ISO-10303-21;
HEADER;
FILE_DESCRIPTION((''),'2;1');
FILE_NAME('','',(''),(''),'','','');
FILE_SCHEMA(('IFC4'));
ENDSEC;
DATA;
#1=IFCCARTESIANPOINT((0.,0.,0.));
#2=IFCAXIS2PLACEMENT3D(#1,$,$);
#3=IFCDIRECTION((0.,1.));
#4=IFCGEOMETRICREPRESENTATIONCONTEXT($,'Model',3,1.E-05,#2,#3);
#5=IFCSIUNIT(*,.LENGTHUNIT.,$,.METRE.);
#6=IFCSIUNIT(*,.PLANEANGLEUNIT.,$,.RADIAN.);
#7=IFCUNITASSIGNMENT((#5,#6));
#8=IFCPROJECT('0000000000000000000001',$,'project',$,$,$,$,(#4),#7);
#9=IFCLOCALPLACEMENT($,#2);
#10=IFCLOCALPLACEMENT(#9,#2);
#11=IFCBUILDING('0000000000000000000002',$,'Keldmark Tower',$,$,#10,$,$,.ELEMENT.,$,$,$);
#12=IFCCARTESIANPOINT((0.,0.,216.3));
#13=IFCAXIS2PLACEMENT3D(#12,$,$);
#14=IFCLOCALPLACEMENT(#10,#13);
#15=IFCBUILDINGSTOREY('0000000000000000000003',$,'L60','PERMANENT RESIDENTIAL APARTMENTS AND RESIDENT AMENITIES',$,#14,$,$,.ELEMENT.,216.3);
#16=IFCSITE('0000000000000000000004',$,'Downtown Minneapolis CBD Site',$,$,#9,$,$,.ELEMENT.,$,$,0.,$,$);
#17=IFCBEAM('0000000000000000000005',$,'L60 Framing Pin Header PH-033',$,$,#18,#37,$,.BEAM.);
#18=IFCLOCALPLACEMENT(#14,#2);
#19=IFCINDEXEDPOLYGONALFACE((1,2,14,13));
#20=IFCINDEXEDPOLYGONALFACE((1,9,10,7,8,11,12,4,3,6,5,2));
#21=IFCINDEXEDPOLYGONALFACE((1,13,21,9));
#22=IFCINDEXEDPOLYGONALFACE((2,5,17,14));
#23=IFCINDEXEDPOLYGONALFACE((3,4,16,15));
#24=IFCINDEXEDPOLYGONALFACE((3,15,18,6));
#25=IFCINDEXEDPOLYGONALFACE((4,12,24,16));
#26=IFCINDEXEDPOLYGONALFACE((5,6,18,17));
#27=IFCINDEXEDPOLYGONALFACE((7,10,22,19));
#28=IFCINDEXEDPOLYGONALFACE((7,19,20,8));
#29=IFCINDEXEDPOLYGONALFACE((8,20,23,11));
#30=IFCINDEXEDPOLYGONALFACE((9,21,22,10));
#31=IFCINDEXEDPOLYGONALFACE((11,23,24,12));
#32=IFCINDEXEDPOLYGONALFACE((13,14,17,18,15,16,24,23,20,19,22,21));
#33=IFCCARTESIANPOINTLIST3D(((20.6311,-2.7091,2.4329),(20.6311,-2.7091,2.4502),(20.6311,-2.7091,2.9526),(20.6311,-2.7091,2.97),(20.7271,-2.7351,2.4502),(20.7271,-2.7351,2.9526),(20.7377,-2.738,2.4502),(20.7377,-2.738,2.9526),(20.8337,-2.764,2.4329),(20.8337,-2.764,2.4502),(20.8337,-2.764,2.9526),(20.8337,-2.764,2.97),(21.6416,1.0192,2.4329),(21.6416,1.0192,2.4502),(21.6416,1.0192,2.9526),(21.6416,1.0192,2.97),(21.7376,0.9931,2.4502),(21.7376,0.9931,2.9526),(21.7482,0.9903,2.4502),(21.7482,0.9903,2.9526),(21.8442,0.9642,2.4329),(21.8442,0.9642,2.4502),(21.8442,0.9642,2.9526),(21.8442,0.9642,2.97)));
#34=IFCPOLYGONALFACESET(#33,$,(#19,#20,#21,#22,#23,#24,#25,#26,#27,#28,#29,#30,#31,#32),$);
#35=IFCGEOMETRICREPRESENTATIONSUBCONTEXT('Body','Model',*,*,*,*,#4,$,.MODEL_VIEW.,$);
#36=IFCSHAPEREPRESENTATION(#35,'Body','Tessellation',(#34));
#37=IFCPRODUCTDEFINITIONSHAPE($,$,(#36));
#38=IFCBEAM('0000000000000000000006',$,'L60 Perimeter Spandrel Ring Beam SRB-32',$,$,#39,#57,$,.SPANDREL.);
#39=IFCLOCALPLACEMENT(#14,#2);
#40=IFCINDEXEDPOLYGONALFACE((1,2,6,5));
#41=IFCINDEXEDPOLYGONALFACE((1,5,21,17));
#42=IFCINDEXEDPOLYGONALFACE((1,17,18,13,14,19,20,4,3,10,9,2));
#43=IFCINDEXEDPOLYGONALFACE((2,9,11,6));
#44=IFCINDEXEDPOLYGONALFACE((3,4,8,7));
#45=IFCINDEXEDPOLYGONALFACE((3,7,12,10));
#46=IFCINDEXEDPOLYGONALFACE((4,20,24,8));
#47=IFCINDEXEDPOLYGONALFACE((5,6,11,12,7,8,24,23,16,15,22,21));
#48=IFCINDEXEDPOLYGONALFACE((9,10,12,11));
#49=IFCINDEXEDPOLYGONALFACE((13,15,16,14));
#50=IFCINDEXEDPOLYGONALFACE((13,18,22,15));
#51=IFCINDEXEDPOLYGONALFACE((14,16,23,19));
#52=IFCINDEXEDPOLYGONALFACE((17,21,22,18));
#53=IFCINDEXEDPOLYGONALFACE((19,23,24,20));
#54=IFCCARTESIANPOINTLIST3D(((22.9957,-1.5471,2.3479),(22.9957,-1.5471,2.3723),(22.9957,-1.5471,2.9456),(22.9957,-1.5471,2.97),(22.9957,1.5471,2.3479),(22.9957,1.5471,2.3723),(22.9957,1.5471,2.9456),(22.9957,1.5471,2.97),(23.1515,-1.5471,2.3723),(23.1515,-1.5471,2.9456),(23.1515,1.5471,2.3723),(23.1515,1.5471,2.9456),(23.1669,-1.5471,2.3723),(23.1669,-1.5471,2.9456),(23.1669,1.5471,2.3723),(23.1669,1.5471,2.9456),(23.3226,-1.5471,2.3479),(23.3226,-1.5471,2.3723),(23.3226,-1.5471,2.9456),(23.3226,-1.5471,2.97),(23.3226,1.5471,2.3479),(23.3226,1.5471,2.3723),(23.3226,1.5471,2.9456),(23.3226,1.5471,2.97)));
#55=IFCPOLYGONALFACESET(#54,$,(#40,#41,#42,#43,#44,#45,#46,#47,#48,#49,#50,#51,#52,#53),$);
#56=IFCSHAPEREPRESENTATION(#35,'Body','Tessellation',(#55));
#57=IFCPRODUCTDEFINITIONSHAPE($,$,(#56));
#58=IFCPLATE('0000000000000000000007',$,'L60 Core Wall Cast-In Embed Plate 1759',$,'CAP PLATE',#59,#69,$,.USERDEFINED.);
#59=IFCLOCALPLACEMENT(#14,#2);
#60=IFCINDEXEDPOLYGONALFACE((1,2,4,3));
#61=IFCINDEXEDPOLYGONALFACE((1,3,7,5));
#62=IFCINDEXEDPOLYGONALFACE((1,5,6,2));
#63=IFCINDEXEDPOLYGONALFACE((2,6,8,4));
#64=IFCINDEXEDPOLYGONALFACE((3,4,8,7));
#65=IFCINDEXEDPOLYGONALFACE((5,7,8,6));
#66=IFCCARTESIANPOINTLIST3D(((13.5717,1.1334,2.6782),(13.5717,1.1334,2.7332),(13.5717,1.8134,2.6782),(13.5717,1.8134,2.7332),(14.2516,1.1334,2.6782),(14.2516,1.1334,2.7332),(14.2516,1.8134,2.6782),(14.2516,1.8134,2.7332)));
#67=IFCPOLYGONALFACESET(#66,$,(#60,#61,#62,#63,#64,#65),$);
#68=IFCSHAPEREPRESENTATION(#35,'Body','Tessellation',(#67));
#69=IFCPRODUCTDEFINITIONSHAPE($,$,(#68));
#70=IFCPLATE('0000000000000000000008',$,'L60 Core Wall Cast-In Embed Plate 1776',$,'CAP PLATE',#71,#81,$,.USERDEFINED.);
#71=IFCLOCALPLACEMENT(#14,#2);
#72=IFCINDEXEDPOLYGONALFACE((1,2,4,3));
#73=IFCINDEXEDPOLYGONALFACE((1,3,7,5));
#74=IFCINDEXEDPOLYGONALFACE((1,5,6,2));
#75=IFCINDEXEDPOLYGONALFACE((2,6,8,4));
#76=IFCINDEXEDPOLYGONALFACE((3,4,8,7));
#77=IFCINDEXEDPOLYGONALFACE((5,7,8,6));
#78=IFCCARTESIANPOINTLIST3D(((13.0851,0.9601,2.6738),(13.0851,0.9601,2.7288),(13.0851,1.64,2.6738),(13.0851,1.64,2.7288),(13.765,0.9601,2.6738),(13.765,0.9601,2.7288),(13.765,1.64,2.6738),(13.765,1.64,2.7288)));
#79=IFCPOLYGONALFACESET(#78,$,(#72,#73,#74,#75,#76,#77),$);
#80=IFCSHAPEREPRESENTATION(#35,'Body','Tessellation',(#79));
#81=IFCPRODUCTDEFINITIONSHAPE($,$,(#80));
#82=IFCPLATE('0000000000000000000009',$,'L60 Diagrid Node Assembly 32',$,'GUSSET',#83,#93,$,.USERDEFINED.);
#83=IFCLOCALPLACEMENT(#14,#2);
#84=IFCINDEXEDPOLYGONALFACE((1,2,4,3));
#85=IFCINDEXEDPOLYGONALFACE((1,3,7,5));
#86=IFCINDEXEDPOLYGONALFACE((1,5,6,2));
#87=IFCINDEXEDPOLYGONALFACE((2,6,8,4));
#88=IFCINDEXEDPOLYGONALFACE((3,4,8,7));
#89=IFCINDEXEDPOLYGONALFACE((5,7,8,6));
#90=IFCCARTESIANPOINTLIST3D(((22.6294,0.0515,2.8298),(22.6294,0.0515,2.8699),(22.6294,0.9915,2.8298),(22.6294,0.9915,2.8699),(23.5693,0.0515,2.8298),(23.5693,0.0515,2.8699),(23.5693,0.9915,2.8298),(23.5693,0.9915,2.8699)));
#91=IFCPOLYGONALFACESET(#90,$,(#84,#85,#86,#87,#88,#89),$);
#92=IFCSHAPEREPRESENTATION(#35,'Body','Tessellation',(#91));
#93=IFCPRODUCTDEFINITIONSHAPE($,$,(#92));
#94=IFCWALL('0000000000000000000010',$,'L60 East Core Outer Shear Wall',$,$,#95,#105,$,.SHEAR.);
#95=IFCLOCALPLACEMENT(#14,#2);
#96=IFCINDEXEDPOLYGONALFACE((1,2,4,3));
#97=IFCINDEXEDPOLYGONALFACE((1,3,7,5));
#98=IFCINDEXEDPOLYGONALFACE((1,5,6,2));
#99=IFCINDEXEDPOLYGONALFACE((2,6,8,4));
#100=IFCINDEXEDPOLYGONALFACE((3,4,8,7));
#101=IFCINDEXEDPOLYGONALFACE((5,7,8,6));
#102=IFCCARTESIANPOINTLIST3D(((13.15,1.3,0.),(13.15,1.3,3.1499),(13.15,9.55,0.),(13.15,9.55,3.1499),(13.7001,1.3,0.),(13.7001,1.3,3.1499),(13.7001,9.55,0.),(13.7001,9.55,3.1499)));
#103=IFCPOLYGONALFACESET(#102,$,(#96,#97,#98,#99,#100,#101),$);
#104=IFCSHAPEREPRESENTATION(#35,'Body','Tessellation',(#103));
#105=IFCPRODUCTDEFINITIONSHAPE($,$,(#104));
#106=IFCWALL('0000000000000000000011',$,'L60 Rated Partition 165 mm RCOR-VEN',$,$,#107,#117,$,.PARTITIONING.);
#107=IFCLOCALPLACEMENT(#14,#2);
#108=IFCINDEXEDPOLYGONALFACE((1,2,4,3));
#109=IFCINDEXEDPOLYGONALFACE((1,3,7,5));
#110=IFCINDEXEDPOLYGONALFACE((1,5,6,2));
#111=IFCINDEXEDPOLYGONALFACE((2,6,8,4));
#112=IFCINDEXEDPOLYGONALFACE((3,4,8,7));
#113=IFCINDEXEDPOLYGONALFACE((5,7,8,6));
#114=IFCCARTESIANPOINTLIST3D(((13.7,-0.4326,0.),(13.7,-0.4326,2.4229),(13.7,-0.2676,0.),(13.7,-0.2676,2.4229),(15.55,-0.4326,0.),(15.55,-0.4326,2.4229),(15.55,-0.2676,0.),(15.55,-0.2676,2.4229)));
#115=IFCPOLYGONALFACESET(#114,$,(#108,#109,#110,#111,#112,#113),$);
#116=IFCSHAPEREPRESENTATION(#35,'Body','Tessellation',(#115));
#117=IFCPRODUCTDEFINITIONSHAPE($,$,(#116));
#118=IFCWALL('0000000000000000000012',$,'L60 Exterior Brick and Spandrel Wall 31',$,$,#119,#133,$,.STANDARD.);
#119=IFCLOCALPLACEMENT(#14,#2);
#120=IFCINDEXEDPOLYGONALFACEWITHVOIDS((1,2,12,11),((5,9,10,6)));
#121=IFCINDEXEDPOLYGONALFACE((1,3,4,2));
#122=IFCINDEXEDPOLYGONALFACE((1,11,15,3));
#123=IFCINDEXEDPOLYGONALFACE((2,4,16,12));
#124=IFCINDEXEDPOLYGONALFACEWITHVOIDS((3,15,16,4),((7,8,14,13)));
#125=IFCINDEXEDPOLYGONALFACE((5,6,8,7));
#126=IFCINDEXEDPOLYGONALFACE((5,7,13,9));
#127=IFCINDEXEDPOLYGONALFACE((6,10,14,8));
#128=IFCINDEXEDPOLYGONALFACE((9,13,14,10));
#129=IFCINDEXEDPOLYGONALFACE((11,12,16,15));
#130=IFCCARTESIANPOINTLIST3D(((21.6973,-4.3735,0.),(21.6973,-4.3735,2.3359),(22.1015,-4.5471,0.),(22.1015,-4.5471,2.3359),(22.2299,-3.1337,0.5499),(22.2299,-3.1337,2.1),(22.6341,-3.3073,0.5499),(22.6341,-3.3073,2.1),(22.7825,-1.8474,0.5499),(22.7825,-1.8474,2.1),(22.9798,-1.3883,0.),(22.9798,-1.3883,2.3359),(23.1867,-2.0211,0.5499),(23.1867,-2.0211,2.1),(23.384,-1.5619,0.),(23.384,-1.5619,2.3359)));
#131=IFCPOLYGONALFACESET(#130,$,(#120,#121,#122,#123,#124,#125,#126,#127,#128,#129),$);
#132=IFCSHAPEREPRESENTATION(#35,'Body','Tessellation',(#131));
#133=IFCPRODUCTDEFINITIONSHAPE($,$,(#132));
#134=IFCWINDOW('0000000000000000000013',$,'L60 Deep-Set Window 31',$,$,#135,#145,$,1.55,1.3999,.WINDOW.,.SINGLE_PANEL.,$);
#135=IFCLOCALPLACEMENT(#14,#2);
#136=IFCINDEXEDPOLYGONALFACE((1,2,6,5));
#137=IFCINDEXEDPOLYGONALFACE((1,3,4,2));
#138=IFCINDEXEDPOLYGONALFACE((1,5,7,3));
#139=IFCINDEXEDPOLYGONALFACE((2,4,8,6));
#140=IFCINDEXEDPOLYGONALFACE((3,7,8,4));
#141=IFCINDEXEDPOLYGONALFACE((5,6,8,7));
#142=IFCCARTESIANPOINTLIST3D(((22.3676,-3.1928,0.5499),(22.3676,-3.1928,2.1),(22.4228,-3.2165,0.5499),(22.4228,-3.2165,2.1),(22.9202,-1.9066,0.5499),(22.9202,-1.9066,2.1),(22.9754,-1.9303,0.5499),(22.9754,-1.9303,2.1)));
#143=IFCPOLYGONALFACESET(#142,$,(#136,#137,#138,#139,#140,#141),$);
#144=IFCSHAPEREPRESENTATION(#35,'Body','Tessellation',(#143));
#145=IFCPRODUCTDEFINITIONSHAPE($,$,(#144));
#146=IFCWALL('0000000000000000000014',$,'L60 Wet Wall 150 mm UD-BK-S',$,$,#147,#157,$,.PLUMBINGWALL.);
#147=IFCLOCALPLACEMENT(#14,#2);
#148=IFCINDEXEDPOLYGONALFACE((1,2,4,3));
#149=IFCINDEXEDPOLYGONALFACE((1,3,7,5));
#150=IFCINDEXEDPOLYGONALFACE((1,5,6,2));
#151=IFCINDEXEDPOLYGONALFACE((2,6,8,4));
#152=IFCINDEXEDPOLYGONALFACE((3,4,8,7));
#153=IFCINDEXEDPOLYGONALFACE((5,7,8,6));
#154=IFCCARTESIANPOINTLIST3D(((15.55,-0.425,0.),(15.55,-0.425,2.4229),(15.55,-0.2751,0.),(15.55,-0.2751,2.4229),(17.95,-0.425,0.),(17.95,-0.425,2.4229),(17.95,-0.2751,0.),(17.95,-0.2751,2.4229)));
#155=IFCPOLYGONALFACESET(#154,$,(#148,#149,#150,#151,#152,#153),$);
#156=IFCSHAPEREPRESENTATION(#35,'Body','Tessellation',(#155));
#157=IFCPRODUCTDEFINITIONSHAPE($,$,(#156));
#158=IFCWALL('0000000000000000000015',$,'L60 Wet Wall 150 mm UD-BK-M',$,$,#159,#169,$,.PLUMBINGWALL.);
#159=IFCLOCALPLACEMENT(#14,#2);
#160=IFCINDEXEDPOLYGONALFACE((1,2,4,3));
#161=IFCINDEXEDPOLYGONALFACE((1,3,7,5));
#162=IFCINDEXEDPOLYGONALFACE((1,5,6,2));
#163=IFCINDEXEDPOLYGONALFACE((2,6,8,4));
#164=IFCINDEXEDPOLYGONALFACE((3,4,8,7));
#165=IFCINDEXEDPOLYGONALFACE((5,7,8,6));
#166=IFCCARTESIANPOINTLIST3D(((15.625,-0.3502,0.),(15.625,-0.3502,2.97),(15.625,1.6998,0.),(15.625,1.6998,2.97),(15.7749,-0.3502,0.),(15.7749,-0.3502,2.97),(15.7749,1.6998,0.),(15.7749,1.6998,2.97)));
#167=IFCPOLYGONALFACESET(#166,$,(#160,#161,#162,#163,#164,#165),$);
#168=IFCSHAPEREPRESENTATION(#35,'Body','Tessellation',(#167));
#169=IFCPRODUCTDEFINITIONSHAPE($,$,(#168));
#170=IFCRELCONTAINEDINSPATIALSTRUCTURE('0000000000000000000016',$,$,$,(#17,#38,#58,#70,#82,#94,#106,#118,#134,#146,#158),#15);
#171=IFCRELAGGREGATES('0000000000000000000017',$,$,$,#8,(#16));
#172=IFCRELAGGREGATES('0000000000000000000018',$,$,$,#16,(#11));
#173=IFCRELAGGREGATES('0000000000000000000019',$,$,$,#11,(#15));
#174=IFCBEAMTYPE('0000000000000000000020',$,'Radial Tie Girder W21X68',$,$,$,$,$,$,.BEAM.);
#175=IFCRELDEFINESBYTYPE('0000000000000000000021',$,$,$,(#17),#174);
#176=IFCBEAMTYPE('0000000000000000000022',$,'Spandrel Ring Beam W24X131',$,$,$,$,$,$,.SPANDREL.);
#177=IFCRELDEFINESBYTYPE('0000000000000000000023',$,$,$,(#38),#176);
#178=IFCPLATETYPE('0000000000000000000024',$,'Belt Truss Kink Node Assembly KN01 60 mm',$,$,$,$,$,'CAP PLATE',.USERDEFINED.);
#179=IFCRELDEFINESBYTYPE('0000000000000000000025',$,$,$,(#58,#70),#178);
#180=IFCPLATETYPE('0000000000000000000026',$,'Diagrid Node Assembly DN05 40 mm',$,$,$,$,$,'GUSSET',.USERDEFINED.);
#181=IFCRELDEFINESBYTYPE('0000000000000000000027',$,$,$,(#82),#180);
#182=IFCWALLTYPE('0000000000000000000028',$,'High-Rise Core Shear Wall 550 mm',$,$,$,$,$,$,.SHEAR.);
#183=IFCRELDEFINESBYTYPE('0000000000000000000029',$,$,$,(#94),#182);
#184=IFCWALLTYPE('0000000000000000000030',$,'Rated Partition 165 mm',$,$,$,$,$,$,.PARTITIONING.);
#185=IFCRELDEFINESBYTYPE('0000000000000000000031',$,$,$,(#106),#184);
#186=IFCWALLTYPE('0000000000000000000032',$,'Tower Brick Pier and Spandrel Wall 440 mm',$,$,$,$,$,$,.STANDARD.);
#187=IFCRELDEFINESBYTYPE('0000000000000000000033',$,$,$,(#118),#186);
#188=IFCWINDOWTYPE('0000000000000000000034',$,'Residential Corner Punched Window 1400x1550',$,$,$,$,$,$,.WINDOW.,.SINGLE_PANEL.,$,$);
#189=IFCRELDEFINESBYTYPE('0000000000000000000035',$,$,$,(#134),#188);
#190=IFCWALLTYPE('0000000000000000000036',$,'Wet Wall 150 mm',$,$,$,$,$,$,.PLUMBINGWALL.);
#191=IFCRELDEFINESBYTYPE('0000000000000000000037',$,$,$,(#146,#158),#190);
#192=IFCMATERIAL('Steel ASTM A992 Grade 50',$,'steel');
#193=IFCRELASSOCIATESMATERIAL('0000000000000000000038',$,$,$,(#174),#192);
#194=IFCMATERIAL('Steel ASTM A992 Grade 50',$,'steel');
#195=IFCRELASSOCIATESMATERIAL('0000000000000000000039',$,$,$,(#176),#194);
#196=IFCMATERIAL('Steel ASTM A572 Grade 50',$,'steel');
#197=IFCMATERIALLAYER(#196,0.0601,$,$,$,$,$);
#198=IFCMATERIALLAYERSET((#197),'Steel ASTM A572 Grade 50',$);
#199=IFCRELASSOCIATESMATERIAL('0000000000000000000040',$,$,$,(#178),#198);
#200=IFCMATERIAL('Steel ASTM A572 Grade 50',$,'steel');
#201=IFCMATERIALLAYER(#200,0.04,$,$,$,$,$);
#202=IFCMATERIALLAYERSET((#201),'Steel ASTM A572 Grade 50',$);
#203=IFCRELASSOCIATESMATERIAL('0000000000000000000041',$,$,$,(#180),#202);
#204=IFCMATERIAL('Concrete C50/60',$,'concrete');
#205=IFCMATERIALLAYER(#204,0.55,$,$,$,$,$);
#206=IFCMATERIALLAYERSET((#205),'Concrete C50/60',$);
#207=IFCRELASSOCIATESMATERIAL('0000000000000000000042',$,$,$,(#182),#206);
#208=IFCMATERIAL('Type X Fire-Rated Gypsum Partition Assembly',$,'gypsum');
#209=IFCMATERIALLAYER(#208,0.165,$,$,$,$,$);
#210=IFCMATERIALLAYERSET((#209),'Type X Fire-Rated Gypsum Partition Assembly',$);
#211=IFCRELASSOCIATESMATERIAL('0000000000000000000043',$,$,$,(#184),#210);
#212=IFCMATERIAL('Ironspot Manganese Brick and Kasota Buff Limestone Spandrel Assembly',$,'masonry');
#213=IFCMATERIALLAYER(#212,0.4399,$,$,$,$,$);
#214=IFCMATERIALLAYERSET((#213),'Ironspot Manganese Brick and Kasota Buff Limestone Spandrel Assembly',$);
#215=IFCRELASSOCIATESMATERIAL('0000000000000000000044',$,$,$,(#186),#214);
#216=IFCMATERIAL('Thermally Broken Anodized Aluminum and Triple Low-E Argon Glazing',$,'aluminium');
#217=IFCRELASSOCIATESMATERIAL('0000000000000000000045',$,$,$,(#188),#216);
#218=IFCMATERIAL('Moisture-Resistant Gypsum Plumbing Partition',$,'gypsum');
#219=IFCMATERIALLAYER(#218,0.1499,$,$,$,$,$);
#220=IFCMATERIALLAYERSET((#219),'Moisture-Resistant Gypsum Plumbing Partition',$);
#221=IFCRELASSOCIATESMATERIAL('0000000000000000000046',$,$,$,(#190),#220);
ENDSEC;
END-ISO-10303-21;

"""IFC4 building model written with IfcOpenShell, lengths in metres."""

from ifc_helpers import new_model, si_unit, direction, frame, frame_2d, origin, origin_2d, place, context, subcontext, project, spatial, rectangle, i_section, extrude, material, layer, layer_set, material_profile, profile_set, type_object, element, fill, save


model = new_model("IFC4")

# Units and contexts
model_context = context("Model", 3, precision=1e-05, world=origin(), true_north=direction((0.0, 1.0)))
body_context = subcontext(model_context, "Body", "Model", "MODEL_VIEW")
ifc_project = project(units=[si_unit("LENGTHUNIT", "METRE"), si_unit("PLANEANGLEUNIT", "RADIAN")], contexts=[model_context])

# Site, building, storey
site_placement = place(None, origin())
site = spatial("IfcSite", under=ifc_project, at=site_placement, Name="Downtown Minneapolis CBD Site", CompositionType="ELEMENT", RefElevation=0.0)
building_placement = place(site_placement, origin())
building = spatial("IfcBuilding", under=site, at=building_placement, Name="Keldmark Tower", CompositionType="ELEMENT")
storey_placement = place(building_placement, frame((0.0, 0.0, 216.3)))
storey = spatial("IfcBuildingStorey", under=building, at=storey_placement, Name="L60", Description="PERMANENT RESIDENTIAL APARTMENTS AND RESIDENT AMENITIES", CompositionType="ELEMENT", Elevation=216.3)

# Beams
ifc_material_1 = material(Name="Steel ASTM A992 Grade 50", Category="steel")
ifc_material_profile_1 = material_profile(ifc_material_1, i_section(OverallWidth=0.21, OverallDepth=0.5371, WebThickness=0.011, FlangeThickness=0.0173, at=origin_2d()), Name="W21X68")
ifc_profile_set_1 = profile_set([ifc_material_profile_1], Name="Steel ASTM A992 Grade 50")
beam_type_1 = type_object("IfcBeamType", Name="Radial Tie Girder W21X68", PredefinedType="BEAM", material=ifc_profile_set_1)
beam_1_placement = place(storey_placement, frame((21.7429, 0.9917, 2.7014), z_axis=(-0.261598, -0.965177, 0.0), x_axis=(0.965177, -0.261598, 0.0)))
element("IfcBeam", 1, at=beam_1_placement, inside=storey, type_object=beam_type_1, Name="L60 Framing Pin Header PH-033", PredefinedType="BEAM", context=body_context, shape_type="SweptSolid", body=[
    extrude(i_section(OverallWidth=0.21, OverallDepth=0.5371, WebThickness=0.011, FlangeThickness=0.0173, at=origin_2d()), origin(), (0.0, 0.0, 1.0), 3.8628),
])
ifc_material_2 = material(Name="Steel ASTM A992 Grade 50", Category="steel")
ifc_material_profile_2 = material_profile(ifc_material_2, i_section(OverallWidth=0.3269, OverallDepth=0.6221, WebThickness=0.0154, FlangeThickness=0.0244, at=origin_2d()), Name="W24X131")
ifc_profile_set_2 = profile_set([ifc_material_profile_2], Name="Steel ASTM A992 Grade 50")
beam_type_2 = type_object("IfcBeamType", Name="Spandrel Ring Beam W24X131", PredefinedType="SPANDREL", material=ifc_profile_set_2)
beam_2_placement = place(storey_placement, frame((23.1592, -1.5471, 2.6589), z_axis=(0.0, 1.0, 0.0), x_axis=(-1.0, 0.0, 0.0)))
element("IfcBeam", 2, at=beam_2_placement, inside=storey, type_object=beam_type_2, Name="L60 Perimeter Spandrel Ring Beam SRB-32", PredefinedType="SPANDREL", context=body_context, shape_type="SweptSolid", body=[
    extrude(i_section(OverallWidth=0.3269, OverallDepth=0.6221, WebThickness=0.0154, FlangeThickness=0.0244, at=origin_2d()), origin(), (0.0, 0.0, 1.0), 3.0942),
])

# Plates
ifc_material_3 = material(Name="Steel ASTM A572 Grade 50", Category="steel")
ifc_layer_1 = layer(ifc_material_3, 0.0601)
ifc_layer_set_1 = layer_set([ifc_layer_1], Name="Steel ASTM A572 Grade 50")
plate_type_1 = type_object("IfcPlateType", Name="Belt Truss Kink Node Assembly KN01 60 mm", ElementType="CAP PLATE", PredefinedType="USERDEFINED", material=ifc_layer_set_1)
for number, where, z_axis, x_axis, name in (
    (3, (13.9116, 1.4734, 2.6782), (0.0, 0.0, 1.0), (1.0, 0.0, 0.0), "L60 Core Wall Cast-In Embed Plate 1759"),
    (4, (13.425, 1.3, 2.6738), (0.0, 0.0, 1.0), (1.0, 0.0, 0.0), "L60 Core Wall Cast-In Embed Plate 1776"),
):
    element("IfcPlate", number, at=place(storey_placement, frame(where, z_axis=z_axis, x_axis=x_axis)), inside=storey, type_object=plate_type_1, Name=name, ObjectType="CAP PLATE", PredefinedType="USERDEFINED", context=body_context, shape_type="SweptSolid", body=[
        extrude(rectangle(XDim=0.6799, YDim=0.6799, at=origin_2d()), origin(), (0.0, 0.0, 1.0), 0.0549),
    ])
ifc_material_4 = material(Name="Steel ASTM A572 Grade 50", Category="steel")
ifc_layer_2 = layer(ifc_material_4, 0.04)
ifc_layer_set_2 = layer_set([ifc_layer_2], Name="Steel ASTM A572 Grade 50")
plate_type_2 = type_object("IfcPlateType", Name="Diagrid Node Assembly DN05 40 mm", ElementType="GUSSET", PredefinedType="USERDEFINED", material=ifc_layer_set_2)
plate_placement = place(storey_placement, frame((23.0994, 0.5215, 2.8298), z_axis=(0.0, 0.0, 1.0), x_axis=(0.0, 1.0, 0.0)))
element("IfcPlate", 5, at=plate_placement, inside=storey, type_object=plate_type_2, Name="L60 Diagrid Node Assembly 32", ObjectType="GUSSET", PredefinedType="USERDEFINED", context=body_context, shape_type="SweptSolid", body=[
    extrude(rectangle(XDim=0.9399, YDim=0.9399, at=origin_2d()), origin(), (0.0, 0.0, 1.0), 0.04),
])

# Wall
ifc_material_5 = material(Name="Concrete C50/60", Category="concrete")
ifc_layer_3 = layer(ifc_material_5, 0.55)
ifc_layer_set_3 = layer_set([ifc_layer_3], Name="Concrete C50/60")
wall_type_1 = type_object("IfcWallType", Name="High-Rise Core Shear Wall 550 mm", PredefinedType="SHEAR", material=ifc_layer_set_3)
wall_1_placement = place(storey_placement, frame((13.425, 1.3, 0.0), z_axis=(0.0, 0.0, 1.0), x_axis=(0.0, 1.0, 0.0)))
element("IfcWall", 6, at=wall_1_placement, inside=storey, type_object=wall_type_1, Name="L60 East Core Outer Shear Wall", PredefinedType="SHEAR", context=body_context, shape_type="SweptSolid", body=[
    extrude(rectangle(XDim=8.25, YDim=0.55, at=frame_2d((4.125, 0.0))), origin(), (0.0, 0.0, 1.0), 3.1499),
])

# Shared definitions
ifc_material_6 = material(Name="Type X Fire-Rated Gypsum Partition Assembly", Category="gypsum")
ifc_layer_4 = layer(ifc_material_6, 0.165)
ifc_layer_set_4 = layer_set([ifc_layer_4], Name="Type X Fire-Rated Gypsum Partition Assembly")
wall_type_2 = type_object("IfcWallType", Name="Rated Partition 165 mm", PredefinedType="PARTITIONING", material=ifc_layer_set_4)

# Wall
wall_2_placement = place(storey_placement, frame((13.7, -0.3501, 0.0), z_axis=(0.0, 0.0, 1.0), x_axis=(1.0, 0.0, 0.0)))
element("IfcWall", 7, at=wall_2_placement, inside=storey, type_object=wall_type_2, Name="L60 Rated Partition 165 mm RCOR-VEN", PredefinedType="PARTITIONING", context=body_context, shape_type="SweptSolid", body=[
    extrude(rectangle(XDim=1.8501, YDim=0.165, at=frame_2d((0.925, 0.0))), origin(), (0.0, 0.0, 1.0), 2.4229),
])

# Wall, opening, window
ifc_material_7 = material(Name="Ironspot Manganese Brick and Kasota Buff Limestone Spandrel Assembly", Category="masonry")
ifc_layer_5 = layer(ifc_material_7, 0.4399)
ifc_layer_set_5 = layer_set([ifc_layer_5], Name="Ironspot Manganese Brick and Kasota Buff Limestone Spandrel Assembly")
wall_type_3 = type_object("IfcWallType", Name="Tower Brick Pier and Spandrel Wall 440 mm", PredefinedType="STANDARD", material=ifc_layer_set_5)
wall_3_placement = place(storey_placement, frame((23.1819, -1.4751, 0.0), z_axis=(0.0, 0.0, 1.0), x_axis=(-0.394735, -0.918795, 0.0)))
wall_3 = element("IfcWall", 8, at=wall_3_placement, inside=storey, type_object=wall_type_3, Name="L60 Exterior Brick and Spandrel Wall 31", PredefinedType="STANDARD", context=body_context, shape_type="SweptSolid", body=[
    extrude(rectangle(XDim=3.249, YDim=0.4399, at=frame_2d((1.6245, 0.0))), origin(), (0.0, 0.0, 1.0), 2.3359),
])
opening_1_placement = place(wall_3_placement, frame((0.4998, 0.0, 0.55)))
opening_1 = element("IfcOpeningElement", 9, at=opening_1_placement, cuts=wall_3, PredefinedType="OPENING", context=body_context, shape_type="SweptSolid", body=[
    extrude(rectangle(XDim=1.3999, YDim=1.55, at=frame_2d((0.7, 0.7749))), frame((0.0, 0.23, 0.0), z_axis=(0.0, -1.0, 0.0), x_axis=(1.0, 0.0, 0.0)), (0.0, 0.0, 1.0), 0.46),
])
ifc_material_8 = material(Name="Thermally Broken Anodized Aluminum and Triple Low-E Argon Glazing", Category="aluminium")
window_type = type_object("IfcWindowType", Name="Residential Corner Punched Window 1400x1550", PartitioningType="SINGLE_PANEL", PredefinedType="WINDOW", material=ifc_material_8)
window_placement = place(opening_1_placement, origin())
window = element("IfcWindow", 10, at=window_placement, inside=storey, type_object=window_type, Name="L60 Deep-Set Window 31", OverallHeight=1.55, OverallWidth=1.3999, PartitioningType="SINGLE_PANEL", PredefinedType="WINDOW", context=body_context, shape_type="SweptSolid", body=[
    extrude(rectangle(XDim=1.3999, YDim=1.55, at=frame_2d((0.7, 0.7749))), frame((0.0, -0.01, 0.0), z_axis=(0.0, -1.0, 0.0), x_axis=(1.0, 0.0, 0.0)), (0.0, 0.0, 1.0), 0.0601),
])
fill(opening_1, window)

# Walls
ifc_material_9 = material(Name="Moisture-Resistant Gypsum Plumbing Partition", Category="gypsum")
ifc_layer_6 = layer(ifc_material_9, 0.1499)
ifc_layer_set_6 = layer_set([ifc_layer_6], Name="Moisture-Resistant Gypsum Plumbing Partition")
wall_type_4 = type_object("IfcWallType", Name="Wet Wall 150 mm", PredefinedType="PLUMBINGWALL", material=ifc_layer_set_6)
wall_4_placement = place(storey_placement, frame((15.55, -0.3501, 0.0), z_axis=(0.0, 0.0, 1.0), x_axis=(1.0, 0.0, 0.0)))
element("IfcWall", 11, at=wall_4_placement, inside=storey, type_object=wall_type_4, Name="L60 Wet Wall 150 mm UD-BK-S", PredefinedType="PLUMBINGWALL", context=body_context, shape_type="SweptSolid", body=[
    extrude(rectangle(XDim=2.3999, YDim=0.1499, at=frame_2d((1.2, 0.0))), origin(), (0.0, 0.0, 1.0), 2.4229),
])
wall_5_placement = place(storey_placement, frame((15.7, -0.3501, 0.0), z_axis=(0.0, 0.0, 1.0), x_axis=(0.0, 1.0, 0.0)))
element("IfcWall", 12, at=wall_5_placement, inside=storey, type_object=wall_type_4, Name="L60 Wet Wall 150 mm UD-BK-M", PredefinedType="PLUMBINGWALL", context=body_context, shape_type="SweptSolid", body=[
    extrude(rectangle(XDim=2.05, YDim=0.1499, at=frame_2d((1.0249, 0.0))), origin(), (0.0, 0.0, 1.0), 2.97),
])

save(model, "model.ifc")
